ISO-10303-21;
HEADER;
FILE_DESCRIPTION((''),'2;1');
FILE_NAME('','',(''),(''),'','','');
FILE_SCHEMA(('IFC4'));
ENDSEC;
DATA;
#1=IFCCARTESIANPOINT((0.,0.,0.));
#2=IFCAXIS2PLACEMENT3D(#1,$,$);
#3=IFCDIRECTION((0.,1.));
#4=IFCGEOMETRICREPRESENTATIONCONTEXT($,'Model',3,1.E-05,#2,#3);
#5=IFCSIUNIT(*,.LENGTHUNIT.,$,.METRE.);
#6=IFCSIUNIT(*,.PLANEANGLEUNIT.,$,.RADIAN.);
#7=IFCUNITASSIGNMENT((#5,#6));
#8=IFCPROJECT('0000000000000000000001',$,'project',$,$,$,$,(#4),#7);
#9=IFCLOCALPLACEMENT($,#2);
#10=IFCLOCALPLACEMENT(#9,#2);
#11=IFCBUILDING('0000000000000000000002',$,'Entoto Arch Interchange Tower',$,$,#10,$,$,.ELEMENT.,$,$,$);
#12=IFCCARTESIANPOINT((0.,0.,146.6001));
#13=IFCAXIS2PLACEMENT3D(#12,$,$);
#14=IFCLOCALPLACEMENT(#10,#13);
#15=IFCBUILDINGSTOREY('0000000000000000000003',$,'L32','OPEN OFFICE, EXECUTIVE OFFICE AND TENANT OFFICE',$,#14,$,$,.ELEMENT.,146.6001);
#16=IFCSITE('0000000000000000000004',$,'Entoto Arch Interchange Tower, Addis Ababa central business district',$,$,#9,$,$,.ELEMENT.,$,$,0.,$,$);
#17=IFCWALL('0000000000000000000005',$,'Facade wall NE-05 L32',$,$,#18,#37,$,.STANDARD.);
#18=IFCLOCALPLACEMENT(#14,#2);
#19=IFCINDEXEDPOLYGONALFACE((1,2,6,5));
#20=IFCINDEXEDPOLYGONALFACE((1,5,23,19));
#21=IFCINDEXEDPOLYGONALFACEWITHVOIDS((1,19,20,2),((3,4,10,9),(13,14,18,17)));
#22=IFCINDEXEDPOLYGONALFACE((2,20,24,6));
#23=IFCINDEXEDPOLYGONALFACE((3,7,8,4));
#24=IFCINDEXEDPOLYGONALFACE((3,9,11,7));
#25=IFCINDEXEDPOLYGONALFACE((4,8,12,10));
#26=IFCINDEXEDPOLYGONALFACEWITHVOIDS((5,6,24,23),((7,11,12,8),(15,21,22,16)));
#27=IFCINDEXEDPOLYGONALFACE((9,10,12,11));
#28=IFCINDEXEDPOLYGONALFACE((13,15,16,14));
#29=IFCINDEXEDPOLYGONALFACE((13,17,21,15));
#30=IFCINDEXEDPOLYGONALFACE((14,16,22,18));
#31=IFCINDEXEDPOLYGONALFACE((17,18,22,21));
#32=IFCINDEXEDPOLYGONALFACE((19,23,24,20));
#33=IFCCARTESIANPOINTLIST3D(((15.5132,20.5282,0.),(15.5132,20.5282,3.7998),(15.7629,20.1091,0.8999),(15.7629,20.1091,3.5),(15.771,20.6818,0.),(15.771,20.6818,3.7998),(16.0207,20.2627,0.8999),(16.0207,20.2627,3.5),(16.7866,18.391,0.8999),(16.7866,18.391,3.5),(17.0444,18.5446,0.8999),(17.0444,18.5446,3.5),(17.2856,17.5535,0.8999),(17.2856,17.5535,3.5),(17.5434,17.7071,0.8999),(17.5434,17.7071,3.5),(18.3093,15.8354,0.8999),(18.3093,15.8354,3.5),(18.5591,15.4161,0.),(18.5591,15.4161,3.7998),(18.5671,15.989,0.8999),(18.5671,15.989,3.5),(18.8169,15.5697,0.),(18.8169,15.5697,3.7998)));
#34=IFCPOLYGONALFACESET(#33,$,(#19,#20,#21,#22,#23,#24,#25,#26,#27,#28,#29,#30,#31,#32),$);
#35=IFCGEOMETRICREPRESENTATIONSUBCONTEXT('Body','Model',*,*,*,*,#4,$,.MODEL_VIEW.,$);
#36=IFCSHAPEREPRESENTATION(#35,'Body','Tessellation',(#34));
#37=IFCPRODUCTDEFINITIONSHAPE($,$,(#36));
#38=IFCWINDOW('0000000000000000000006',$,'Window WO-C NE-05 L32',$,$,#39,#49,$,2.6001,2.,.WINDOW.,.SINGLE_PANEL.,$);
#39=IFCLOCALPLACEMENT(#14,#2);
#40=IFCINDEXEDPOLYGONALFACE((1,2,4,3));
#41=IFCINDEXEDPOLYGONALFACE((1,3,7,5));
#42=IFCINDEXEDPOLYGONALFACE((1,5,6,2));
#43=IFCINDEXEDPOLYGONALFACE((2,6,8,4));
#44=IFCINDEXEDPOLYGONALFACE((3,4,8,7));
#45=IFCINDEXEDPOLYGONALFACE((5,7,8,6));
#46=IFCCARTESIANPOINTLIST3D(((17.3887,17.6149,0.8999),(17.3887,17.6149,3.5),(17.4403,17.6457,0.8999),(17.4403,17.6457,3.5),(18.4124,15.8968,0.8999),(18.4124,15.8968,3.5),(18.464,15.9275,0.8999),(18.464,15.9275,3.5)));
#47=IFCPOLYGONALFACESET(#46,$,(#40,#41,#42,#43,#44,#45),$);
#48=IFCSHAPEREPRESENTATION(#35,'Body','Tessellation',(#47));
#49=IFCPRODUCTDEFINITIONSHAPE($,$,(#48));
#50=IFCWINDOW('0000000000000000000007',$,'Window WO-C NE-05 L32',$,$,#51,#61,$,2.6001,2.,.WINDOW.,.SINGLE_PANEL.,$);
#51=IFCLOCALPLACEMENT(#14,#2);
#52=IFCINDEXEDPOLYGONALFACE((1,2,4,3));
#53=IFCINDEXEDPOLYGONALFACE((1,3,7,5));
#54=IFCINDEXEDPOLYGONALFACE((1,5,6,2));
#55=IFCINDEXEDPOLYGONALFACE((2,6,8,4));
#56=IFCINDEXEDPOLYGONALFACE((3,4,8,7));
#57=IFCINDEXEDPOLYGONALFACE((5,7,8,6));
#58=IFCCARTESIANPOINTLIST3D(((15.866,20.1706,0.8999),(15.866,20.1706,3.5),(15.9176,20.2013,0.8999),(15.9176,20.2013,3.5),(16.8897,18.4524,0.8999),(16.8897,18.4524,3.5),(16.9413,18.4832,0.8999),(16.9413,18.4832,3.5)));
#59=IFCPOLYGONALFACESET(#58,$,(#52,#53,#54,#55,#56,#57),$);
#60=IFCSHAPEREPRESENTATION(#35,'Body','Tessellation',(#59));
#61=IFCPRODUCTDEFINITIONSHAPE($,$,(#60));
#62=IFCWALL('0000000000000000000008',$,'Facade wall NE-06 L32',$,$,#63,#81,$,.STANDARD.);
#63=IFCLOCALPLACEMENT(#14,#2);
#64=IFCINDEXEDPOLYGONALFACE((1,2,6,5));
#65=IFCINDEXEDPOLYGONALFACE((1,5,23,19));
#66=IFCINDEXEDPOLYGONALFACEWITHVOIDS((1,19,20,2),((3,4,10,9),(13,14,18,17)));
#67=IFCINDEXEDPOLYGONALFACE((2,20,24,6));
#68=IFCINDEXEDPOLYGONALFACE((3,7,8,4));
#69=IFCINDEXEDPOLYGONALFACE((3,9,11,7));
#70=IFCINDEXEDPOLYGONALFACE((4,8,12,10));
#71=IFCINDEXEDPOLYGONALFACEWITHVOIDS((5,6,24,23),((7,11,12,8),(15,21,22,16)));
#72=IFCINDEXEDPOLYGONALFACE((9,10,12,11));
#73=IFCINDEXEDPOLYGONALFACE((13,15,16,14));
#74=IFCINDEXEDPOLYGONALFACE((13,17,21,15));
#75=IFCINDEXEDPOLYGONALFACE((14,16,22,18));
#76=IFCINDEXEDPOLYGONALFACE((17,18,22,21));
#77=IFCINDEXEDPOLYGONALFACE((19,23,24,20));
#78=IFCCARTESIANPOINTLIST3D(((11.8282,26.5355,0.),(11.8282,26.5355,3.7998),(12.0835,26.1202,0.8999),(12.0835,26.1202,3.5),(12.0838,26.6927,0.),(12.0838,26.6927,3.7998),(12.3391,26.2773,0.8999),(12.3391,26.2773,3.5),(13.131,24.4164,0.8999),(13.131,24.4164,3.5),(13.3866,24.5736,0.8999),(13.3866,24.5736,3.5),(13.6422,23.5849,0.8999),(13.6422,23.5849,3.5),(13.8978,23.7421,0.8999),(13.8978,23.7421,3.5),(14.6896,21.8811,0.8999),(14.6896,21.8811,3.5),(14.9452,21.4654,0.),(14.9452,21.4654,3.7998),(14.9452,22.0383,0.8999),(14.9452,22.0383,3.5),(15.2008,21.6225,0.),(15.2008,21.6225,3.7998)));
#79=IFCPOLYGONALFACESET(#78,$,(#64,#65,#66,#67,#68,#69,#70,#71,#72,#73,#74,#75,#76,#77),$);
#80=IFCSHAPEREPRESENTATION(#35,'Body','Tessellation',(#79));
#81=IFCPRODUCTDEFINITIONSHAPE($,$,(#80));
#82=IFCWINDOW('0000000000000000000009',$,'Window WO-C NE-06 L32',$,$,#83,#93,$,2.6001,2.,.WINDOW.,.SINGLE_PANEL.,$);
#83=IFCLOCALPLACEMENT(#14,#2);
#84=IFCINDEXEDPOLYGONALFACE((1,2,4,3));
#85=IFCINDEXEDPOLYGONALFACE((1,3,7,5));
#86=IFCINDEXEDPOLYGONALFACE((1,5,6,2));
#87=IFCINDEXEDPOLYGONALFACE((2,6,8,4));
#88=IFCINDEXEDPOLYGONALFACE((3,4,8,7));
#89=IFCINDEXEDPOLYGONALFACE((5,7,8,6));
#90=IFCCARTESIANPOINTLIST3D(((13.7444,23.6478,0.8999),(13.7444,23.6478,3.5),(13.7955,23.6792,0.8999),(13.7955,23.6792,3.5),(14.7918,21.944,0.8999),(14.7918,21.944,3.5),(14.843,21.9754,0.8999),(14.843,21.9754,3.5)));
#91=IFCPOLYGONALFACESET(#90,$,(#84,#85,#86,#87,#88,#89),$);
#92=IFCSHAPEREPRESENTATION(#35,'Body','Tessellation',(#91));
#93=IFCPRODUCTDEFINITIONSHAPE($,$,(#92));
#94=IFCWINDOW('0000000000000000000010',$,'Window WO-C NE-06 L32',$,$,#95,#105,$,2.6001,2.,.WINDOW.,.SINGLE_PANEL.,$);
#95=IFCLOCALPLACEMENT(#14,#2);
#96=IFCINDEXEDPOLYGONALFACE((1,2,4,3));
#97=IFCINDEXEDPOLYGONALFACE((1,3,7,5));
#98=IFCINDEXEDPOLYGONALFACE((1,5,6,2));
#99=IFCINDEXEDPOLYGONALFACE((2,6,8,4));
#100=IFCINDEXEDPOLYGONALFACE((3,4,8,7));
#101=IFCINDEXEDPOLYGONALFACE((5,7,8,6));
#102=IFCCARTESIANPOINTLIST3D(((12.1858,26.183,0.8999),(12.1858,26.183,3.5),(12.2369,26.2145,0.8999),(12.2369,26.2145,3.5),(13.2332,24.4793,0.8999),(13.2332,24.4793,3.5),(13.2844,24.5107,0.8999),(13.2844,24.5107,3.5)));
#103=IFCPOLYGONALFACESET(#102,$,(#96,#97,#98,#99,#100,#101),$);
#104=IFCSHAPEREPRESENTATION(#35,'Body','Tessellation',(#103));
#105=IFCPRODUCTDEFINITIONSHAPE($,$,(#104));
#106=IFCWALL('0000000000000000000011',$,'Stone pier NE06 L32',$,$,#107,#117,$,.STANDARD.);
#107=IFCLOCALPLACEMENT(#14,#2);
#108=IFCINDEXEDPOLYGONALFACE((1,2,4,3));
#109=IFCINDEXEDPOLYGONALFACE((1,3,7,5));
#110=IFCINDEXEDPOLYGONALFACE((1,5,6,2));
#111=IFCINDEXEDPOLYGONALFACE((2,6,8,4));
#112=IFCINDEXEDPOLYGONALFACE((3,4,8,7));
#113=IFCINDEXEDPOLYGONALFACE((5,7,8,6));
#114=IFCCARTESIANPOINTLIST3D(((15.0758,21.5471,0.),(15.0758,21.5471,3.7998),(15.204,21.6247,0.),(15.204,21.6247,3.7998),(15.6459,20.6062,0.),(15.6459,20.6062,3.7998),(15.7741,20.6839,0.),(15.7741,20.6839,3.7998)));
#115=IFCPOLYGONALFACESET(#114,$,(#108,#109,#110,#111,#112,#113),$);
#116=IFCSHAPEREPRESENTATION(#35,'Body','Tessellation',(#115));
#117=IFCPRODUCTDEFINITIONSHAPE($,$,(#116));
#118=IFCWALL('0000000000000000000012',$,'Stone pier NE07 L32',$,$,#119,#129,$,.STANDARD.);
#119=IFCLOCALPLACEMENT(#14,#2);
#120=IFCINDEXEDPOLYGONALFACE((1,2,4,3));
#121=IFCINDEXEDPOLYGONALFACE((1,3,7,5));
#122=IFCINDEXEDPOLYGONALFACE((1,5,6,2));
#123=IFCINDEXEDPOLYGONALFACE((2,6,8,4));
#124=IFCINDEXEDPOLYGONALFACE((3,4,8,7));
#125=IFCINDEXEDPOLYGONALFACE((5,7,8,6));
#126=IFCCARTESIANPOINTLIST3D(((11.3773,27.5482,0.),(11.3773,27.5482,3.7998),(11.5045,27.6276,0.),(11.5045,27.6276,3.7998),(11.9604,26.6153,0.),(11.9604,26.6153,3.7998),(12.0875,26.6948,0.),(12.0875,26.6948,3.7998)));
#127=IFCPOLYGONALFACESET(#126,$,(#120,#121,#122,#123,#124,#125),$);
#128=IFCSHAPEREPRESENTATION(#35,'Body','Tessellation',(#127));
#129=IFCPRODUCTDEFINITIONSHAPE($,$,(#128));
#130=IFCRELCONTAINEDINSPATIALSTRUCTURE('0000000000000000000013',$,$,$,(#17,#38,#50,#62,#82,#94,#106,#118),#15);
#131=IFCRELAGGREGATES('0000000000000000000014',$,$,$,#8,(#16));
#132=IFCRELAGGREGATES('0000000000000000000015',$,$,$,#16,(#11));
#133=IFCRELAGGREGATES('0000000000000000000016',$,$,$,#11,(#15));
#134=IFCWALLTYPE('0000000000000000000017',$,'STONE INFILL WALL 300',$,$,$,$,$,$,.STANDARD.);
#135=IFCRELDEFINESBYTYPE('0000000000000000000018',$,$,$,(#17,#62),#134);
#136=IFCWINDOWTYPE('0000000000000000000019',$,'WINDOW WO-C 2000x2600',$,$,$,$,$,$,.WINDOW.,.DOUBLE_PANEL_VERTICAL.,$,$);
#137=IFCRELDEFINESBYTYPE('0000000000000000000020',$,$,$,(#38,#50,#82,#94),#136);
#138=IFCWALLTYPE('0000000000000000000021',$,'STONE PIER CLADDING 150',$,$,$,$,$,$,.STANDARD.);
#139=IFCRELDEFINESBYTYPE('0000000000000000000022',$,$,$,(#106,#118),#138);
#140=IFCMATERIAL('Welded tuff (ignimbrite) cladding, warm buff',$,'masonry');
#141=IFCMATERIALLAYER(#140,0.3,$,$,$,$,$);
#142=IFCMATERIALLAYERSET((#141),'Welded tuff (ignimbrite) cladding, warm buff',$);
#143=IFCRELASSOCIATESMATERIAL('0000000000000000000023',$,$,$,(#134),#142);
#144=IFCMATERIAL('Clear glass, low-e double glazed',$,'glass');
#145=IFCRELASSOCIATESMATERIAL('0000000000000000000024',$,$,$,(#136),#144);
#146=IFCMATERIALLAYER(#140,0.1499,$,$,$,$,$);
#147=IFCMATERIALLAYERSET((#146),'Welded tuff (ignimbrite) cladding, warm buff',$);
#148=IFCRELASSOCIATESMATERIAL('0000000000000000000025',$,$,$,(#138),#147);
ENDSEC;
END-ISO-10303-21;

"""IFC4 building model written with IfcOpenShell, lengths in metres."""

from ifc_helpers import new_model, si_unit, direction, frame, frame_2d, origin, place, context, subcontext, project, spatial, rectangle, extrude, material, layer, layer_set, type_object, element, fill, save


model = new_model("IFC4")

# Units and contexts
model_context = context("Model", 3, precision=1e-05, world=origin(), true_north=direction((0.0, 1.0)))
body_context = subcontext(model_context, "Body", "Model", "MODEL_VIEW")
ifc_project = project(units=[si_unit("LENGTHUNIT", "METRE"), si_unit("PLANEANGLEUNIT", "RADIAN")], contexts=[model_context])

# Site, building, storey
site_placement = place(None, origin())
site = spatial("IfcSite", under=ifc_project, at=site_placement, Name="Entoto Arch Interchange Tower, Addis Ababa central business district", CompositionType="ELEMENT", RefElevation=0.0)
building_placement = place(site_placement, origin())
building = spatial("IfcBuilding", under=site, at=building_placement, Name="Entoto Arch Interchange Tower", CompositionType="ELEMENT")
storey_placement = place(building_placement, frame((0.0, 0.0, 146.6001)))
storey = spatial("IfcBuildingStorey", under=building, at=storey_placement, Name="L32", Description="OPEN OFFICE, EXECUTIVE OFFICE AND TENANT OFFICE", CompositionType="ELEMENT", Elevation=146.6001)

# Walls, openings, windows
ifc_material_1 = material(Name="Welded tuff (ignimbrite) cladding, warm buff", Category="masonry")
ifc_layer_1 = layer(ifc_material_1, 0.3)
ifc_layer_set_1 = layer_set([ifc_layer_1], Name="Welded tuff (ignimbrite) cladding, warm buff")
wall_type_1 = type_object("IfcWallType", Name="STONE INFILL WALL 300", PredefinedType="STANDARD", material=ifc_layer_set_1)
wall_1_placement = place(storey_placement, frame((18.688, 15.4929, 0.0), z_axis=(0.0, 0.0, 1.0), x_axis=(-0.511857, 0.859071, 0.0)))
wall_1 = element("IfcWall", 1, at=wall_1_placement, inside=storey, type_object=wall_type_1, Name="Facade wall NE-05 L32", PredefinedType="STANDARD", context=body_context, shape_type="SweptSolid", body=[
    extrude(rectangle(XDim=5.9507, YDim=0.3, at=frame_2d((2.9753, 0.0))), origin(), (0.0, 0.0, 1.0), 3.7998),
])
opening_1_placement = place(wall_1_placement, frame((0.488, 0.0, 0.8999)))
opening_1 = element("IfcOpeningElement", 2, at=opening_1_placement, cuts=wall_1, PredefinedType="OPENING", context=body_context, shape_type="SweptSolid", body=[
    extrude(rectangle(XDim=2.0, YDim=2.6001, at=frame_2d((1.0, 1.3))), frame((0.0, 0.1602, 0.0), z_axis=(0.0, -1.0, 0.0), x_axis=(1.0, 0.0, 0.0)), (0.0, 0.0, 1.0), 0.3201),
])
opening_2_placement = place(wall_1_placement, frame((3.4629, 0.0, 0.8999)))
opening_2 = element("IfcOpeningElement", 3, at=opening_2_placement, cuts=wall_1, PredefinedType="OPENING", context=body_context, shape_type="SweptSolid", body=[
    extrude(rectangle(XDim=2.0, YDim=2.6001, at=frame_2d((1.0, 1.3))), frame((0.0, 0.1602, 0.0), z_axis=(0.0, -1.0, 0.0), x_axis=(1.0, 0.0, 0.0)), (0.0, 0.0, 1.0), 0.3201),
])
ifc_material_2 = material(Name="Clear glass, low-e double glazed", Category="glass")
window_type = type_object("IfcWindowType", Name="WINDOW WO-C 2000x2600", PartitioningType="DOUBLE_PANEL_VERTICAL", PredefinedType="WINDOW", material=ifc_material_2)
window_1_placement = place(opening_1_placement, origin())
window_1 = element("IfcWindow", 4, at=window_1_placement, inside=storey, type_object=window_type, Name="Window WO-C NE-05 L32", OverallHeight=2.6001, OverallWidth=2.0, PartitioningType="SINGLE_PANEL", PredefinedType="WINDOW", context=body_context, shape_type="SweptSolid", body=[
    extrude(rectangle(XDim=2.0, YDim=2.6001, at=frame_2d((1.0, 1.3))), frame((0.0, 0.03, 0.0), z_axis=(0.0, -1.0, 0.0), x_axis=(1.0, 0.0, 0.0)), (0.0, 0.0, 1.0), 0.0601),
])
fill(opening_1, window_1)
window_2_placement = place(opening_2_placement, origin())
window_2 = element("IfcWindow", 5, at=window_2_placement, inside=storey, type_object=window_type, Name="Window WO-C NE-05 L32", OverallHeight=2.6001, OverallWidth=2.0, PartitioningType="SINGLE_PANEL", PredefinedType="WINDOW", context=body_context, shape_type="SweptSolid", body=[
    extrude(rectangle(XDim=2.0, YDim=2.6001, at=frame_2d((1.0, 1.3))), frame((0.0, 0.03, 0.0), z_axis=(0.0, -1.0, 0.0), x_axis=(1.0, 0.0, 0.0)), (0.0, 0.0, 1.0), 0.0601),
])
fill(opening_2, window_2)
wall_2_placement = place(storey_placement, frame((15.073, 21.5439, 0.0), z_axis=(0.0, 0.0, 1.0), x_axis=(-0.52372, 0.851891, 0.0)))
wall_2 = element("IfcWall", 6, at=wall_2_placement, inside=storey, type_object=wall_type_1, Name="Facade wall NE-06 L32", PredefinedType="STANDARD", context=body_context, shape_type="SweptSolid", body=[
    extrude(rectangle(XDim=5.9517, YDim=0.3, at=frame_2d((2.9758, 0.0))), origin(), (0.0, 0.0, 1.0), 3.7998),
])
opening_3_placement = place(wall_2_placement, frame((0.488, 0.0, 0.8999)))
opening_3 = element("IfcOpeningElement", 7, at=opening_3_placement, cuts=wall_2, PredefinedType="OPENING", context=body_context, shape_type="SweptSolid", body=[
    extrude(rectangle(XDim=2.0, YDim=2.6001, at=frame_2d((1.0, 1.3))), frame((0.0, 0.1602, 0.0), z_axis=(0.0, -1.0, 0.0), x_axis=(1.0, 0.0, 0.0)), (0.0, 0.0, 1.0), 0.3201),
])
opening_4_placement = place(wall_2_placement, frame((3.4641, 0.0, 0.8999)))
opening_4 = element("IfcOpeningElement", 8, at=opening_4_placement, cuts=wall_2, PredefinedType="OPENING", context=body_context, shape_type="SweptSolid", body=[
    extrude(rectangle(XDim=2.0, YDim=2.6001, at=frame_2d((1.0, 1.3))), frame((0.0, 0.1602, 0.0), z_axis=(0.0, -1.0, 0.0), x_axis=(1.0, 0.0, 0.0)), (0.0, 0.0, 1.0), 0.3201),
])
window_3_placement = place(opening_3_placement, origin())
window_3 = element("IfcWindow", 9, at=window_3_placement, inside=storey, type_object=window_type, Name="Window WO-C NE-06 L32", OverallHeight=2.6001, OverallWidth=2.0, PartitioningType="SINGLE_PANEL", PredefinedType="WINDOW", context=body_context, shape_type="SweptSolid", body=[
    extrude(rectangle(XDim=2.0, YDim=2.6001, at=frame_2d((1.0, 1.3))), frame((0.0, 0.03, 0.0), z_axis=(0.0, -1.0, 0.0), x_axis=(1.0, 0.0, 0.0)), (0.0, 0.0, 1.0), 0.0601),
])
fill(opening_3, window_3)
window_4_placement = place(opening_4_placement, origin())
window_4 = element("IfcWindow", 10, at=window_4_placement, inside=storey, type_object=window_type, Name="Window WO-C NE-06 L32", OverallHeight=2.6001, OverallWidth=2.0, PartitioningType="SINGLE_PANEL", PredefinedType="WINDOW", context=body_context, shape_type="SweptSolid", body=[
    extrude(rectangle(XDim=2.0, YDim=2.6001, at=frame_2d((1.0, 1.3))), frame((0.0, 0.03, 0.0), z_axis=(0.0, -1.0, 0.0), x_axis=(1.0, 0.0, 0.0)), (0.0, 0.0, 1.0), 0.0601),
])
fill(opening_4, window_4)

# Walls
ifc_layer_2 = layer(ifc_material_1, 0.1499)
ifc_layer_set_2 = layer_set([ifc_layer_2], Name="Welded tuff (ignimbrite) cladding, warm buff")
wall_type_2 = type_object("IfcWallType", Name="STONE PIER CLADDING 150", PredefinedType="STANDARD", material=ifc_layer_set_2)
for number, where, z_axis, x_axis, name in (
    (11, (15.71, 20.645, 0.0), (0.0, 0.0, 1.0), (-0.518179, 0.855272, 0.0), "Stone pier NE06 L32"),
    (12, (12.0239, 26.655, 0.0), (0.0, 0.0, 1.0), (-0.529979, 0.848011, 0.0), "Stone pier NE07 L32"),
):
    element("IfcWall", number, at=place(storey_placement, frame(where, z_axis=z_axis, x_axis=x_axis)), inside=storey, type_object=wall_type_2, Name=name, PredefinedType="STANDARD", context=body_context, shape_type="SweptSolid", body=[
        extrude(rectangle(XDim=1.1001, YDim=0.1499, at=frame_2d((0.55, 0.0))), origin(), (0.0, 0.0, 1.0), 3.7998),
    ])

save(model, "model.ifc")
